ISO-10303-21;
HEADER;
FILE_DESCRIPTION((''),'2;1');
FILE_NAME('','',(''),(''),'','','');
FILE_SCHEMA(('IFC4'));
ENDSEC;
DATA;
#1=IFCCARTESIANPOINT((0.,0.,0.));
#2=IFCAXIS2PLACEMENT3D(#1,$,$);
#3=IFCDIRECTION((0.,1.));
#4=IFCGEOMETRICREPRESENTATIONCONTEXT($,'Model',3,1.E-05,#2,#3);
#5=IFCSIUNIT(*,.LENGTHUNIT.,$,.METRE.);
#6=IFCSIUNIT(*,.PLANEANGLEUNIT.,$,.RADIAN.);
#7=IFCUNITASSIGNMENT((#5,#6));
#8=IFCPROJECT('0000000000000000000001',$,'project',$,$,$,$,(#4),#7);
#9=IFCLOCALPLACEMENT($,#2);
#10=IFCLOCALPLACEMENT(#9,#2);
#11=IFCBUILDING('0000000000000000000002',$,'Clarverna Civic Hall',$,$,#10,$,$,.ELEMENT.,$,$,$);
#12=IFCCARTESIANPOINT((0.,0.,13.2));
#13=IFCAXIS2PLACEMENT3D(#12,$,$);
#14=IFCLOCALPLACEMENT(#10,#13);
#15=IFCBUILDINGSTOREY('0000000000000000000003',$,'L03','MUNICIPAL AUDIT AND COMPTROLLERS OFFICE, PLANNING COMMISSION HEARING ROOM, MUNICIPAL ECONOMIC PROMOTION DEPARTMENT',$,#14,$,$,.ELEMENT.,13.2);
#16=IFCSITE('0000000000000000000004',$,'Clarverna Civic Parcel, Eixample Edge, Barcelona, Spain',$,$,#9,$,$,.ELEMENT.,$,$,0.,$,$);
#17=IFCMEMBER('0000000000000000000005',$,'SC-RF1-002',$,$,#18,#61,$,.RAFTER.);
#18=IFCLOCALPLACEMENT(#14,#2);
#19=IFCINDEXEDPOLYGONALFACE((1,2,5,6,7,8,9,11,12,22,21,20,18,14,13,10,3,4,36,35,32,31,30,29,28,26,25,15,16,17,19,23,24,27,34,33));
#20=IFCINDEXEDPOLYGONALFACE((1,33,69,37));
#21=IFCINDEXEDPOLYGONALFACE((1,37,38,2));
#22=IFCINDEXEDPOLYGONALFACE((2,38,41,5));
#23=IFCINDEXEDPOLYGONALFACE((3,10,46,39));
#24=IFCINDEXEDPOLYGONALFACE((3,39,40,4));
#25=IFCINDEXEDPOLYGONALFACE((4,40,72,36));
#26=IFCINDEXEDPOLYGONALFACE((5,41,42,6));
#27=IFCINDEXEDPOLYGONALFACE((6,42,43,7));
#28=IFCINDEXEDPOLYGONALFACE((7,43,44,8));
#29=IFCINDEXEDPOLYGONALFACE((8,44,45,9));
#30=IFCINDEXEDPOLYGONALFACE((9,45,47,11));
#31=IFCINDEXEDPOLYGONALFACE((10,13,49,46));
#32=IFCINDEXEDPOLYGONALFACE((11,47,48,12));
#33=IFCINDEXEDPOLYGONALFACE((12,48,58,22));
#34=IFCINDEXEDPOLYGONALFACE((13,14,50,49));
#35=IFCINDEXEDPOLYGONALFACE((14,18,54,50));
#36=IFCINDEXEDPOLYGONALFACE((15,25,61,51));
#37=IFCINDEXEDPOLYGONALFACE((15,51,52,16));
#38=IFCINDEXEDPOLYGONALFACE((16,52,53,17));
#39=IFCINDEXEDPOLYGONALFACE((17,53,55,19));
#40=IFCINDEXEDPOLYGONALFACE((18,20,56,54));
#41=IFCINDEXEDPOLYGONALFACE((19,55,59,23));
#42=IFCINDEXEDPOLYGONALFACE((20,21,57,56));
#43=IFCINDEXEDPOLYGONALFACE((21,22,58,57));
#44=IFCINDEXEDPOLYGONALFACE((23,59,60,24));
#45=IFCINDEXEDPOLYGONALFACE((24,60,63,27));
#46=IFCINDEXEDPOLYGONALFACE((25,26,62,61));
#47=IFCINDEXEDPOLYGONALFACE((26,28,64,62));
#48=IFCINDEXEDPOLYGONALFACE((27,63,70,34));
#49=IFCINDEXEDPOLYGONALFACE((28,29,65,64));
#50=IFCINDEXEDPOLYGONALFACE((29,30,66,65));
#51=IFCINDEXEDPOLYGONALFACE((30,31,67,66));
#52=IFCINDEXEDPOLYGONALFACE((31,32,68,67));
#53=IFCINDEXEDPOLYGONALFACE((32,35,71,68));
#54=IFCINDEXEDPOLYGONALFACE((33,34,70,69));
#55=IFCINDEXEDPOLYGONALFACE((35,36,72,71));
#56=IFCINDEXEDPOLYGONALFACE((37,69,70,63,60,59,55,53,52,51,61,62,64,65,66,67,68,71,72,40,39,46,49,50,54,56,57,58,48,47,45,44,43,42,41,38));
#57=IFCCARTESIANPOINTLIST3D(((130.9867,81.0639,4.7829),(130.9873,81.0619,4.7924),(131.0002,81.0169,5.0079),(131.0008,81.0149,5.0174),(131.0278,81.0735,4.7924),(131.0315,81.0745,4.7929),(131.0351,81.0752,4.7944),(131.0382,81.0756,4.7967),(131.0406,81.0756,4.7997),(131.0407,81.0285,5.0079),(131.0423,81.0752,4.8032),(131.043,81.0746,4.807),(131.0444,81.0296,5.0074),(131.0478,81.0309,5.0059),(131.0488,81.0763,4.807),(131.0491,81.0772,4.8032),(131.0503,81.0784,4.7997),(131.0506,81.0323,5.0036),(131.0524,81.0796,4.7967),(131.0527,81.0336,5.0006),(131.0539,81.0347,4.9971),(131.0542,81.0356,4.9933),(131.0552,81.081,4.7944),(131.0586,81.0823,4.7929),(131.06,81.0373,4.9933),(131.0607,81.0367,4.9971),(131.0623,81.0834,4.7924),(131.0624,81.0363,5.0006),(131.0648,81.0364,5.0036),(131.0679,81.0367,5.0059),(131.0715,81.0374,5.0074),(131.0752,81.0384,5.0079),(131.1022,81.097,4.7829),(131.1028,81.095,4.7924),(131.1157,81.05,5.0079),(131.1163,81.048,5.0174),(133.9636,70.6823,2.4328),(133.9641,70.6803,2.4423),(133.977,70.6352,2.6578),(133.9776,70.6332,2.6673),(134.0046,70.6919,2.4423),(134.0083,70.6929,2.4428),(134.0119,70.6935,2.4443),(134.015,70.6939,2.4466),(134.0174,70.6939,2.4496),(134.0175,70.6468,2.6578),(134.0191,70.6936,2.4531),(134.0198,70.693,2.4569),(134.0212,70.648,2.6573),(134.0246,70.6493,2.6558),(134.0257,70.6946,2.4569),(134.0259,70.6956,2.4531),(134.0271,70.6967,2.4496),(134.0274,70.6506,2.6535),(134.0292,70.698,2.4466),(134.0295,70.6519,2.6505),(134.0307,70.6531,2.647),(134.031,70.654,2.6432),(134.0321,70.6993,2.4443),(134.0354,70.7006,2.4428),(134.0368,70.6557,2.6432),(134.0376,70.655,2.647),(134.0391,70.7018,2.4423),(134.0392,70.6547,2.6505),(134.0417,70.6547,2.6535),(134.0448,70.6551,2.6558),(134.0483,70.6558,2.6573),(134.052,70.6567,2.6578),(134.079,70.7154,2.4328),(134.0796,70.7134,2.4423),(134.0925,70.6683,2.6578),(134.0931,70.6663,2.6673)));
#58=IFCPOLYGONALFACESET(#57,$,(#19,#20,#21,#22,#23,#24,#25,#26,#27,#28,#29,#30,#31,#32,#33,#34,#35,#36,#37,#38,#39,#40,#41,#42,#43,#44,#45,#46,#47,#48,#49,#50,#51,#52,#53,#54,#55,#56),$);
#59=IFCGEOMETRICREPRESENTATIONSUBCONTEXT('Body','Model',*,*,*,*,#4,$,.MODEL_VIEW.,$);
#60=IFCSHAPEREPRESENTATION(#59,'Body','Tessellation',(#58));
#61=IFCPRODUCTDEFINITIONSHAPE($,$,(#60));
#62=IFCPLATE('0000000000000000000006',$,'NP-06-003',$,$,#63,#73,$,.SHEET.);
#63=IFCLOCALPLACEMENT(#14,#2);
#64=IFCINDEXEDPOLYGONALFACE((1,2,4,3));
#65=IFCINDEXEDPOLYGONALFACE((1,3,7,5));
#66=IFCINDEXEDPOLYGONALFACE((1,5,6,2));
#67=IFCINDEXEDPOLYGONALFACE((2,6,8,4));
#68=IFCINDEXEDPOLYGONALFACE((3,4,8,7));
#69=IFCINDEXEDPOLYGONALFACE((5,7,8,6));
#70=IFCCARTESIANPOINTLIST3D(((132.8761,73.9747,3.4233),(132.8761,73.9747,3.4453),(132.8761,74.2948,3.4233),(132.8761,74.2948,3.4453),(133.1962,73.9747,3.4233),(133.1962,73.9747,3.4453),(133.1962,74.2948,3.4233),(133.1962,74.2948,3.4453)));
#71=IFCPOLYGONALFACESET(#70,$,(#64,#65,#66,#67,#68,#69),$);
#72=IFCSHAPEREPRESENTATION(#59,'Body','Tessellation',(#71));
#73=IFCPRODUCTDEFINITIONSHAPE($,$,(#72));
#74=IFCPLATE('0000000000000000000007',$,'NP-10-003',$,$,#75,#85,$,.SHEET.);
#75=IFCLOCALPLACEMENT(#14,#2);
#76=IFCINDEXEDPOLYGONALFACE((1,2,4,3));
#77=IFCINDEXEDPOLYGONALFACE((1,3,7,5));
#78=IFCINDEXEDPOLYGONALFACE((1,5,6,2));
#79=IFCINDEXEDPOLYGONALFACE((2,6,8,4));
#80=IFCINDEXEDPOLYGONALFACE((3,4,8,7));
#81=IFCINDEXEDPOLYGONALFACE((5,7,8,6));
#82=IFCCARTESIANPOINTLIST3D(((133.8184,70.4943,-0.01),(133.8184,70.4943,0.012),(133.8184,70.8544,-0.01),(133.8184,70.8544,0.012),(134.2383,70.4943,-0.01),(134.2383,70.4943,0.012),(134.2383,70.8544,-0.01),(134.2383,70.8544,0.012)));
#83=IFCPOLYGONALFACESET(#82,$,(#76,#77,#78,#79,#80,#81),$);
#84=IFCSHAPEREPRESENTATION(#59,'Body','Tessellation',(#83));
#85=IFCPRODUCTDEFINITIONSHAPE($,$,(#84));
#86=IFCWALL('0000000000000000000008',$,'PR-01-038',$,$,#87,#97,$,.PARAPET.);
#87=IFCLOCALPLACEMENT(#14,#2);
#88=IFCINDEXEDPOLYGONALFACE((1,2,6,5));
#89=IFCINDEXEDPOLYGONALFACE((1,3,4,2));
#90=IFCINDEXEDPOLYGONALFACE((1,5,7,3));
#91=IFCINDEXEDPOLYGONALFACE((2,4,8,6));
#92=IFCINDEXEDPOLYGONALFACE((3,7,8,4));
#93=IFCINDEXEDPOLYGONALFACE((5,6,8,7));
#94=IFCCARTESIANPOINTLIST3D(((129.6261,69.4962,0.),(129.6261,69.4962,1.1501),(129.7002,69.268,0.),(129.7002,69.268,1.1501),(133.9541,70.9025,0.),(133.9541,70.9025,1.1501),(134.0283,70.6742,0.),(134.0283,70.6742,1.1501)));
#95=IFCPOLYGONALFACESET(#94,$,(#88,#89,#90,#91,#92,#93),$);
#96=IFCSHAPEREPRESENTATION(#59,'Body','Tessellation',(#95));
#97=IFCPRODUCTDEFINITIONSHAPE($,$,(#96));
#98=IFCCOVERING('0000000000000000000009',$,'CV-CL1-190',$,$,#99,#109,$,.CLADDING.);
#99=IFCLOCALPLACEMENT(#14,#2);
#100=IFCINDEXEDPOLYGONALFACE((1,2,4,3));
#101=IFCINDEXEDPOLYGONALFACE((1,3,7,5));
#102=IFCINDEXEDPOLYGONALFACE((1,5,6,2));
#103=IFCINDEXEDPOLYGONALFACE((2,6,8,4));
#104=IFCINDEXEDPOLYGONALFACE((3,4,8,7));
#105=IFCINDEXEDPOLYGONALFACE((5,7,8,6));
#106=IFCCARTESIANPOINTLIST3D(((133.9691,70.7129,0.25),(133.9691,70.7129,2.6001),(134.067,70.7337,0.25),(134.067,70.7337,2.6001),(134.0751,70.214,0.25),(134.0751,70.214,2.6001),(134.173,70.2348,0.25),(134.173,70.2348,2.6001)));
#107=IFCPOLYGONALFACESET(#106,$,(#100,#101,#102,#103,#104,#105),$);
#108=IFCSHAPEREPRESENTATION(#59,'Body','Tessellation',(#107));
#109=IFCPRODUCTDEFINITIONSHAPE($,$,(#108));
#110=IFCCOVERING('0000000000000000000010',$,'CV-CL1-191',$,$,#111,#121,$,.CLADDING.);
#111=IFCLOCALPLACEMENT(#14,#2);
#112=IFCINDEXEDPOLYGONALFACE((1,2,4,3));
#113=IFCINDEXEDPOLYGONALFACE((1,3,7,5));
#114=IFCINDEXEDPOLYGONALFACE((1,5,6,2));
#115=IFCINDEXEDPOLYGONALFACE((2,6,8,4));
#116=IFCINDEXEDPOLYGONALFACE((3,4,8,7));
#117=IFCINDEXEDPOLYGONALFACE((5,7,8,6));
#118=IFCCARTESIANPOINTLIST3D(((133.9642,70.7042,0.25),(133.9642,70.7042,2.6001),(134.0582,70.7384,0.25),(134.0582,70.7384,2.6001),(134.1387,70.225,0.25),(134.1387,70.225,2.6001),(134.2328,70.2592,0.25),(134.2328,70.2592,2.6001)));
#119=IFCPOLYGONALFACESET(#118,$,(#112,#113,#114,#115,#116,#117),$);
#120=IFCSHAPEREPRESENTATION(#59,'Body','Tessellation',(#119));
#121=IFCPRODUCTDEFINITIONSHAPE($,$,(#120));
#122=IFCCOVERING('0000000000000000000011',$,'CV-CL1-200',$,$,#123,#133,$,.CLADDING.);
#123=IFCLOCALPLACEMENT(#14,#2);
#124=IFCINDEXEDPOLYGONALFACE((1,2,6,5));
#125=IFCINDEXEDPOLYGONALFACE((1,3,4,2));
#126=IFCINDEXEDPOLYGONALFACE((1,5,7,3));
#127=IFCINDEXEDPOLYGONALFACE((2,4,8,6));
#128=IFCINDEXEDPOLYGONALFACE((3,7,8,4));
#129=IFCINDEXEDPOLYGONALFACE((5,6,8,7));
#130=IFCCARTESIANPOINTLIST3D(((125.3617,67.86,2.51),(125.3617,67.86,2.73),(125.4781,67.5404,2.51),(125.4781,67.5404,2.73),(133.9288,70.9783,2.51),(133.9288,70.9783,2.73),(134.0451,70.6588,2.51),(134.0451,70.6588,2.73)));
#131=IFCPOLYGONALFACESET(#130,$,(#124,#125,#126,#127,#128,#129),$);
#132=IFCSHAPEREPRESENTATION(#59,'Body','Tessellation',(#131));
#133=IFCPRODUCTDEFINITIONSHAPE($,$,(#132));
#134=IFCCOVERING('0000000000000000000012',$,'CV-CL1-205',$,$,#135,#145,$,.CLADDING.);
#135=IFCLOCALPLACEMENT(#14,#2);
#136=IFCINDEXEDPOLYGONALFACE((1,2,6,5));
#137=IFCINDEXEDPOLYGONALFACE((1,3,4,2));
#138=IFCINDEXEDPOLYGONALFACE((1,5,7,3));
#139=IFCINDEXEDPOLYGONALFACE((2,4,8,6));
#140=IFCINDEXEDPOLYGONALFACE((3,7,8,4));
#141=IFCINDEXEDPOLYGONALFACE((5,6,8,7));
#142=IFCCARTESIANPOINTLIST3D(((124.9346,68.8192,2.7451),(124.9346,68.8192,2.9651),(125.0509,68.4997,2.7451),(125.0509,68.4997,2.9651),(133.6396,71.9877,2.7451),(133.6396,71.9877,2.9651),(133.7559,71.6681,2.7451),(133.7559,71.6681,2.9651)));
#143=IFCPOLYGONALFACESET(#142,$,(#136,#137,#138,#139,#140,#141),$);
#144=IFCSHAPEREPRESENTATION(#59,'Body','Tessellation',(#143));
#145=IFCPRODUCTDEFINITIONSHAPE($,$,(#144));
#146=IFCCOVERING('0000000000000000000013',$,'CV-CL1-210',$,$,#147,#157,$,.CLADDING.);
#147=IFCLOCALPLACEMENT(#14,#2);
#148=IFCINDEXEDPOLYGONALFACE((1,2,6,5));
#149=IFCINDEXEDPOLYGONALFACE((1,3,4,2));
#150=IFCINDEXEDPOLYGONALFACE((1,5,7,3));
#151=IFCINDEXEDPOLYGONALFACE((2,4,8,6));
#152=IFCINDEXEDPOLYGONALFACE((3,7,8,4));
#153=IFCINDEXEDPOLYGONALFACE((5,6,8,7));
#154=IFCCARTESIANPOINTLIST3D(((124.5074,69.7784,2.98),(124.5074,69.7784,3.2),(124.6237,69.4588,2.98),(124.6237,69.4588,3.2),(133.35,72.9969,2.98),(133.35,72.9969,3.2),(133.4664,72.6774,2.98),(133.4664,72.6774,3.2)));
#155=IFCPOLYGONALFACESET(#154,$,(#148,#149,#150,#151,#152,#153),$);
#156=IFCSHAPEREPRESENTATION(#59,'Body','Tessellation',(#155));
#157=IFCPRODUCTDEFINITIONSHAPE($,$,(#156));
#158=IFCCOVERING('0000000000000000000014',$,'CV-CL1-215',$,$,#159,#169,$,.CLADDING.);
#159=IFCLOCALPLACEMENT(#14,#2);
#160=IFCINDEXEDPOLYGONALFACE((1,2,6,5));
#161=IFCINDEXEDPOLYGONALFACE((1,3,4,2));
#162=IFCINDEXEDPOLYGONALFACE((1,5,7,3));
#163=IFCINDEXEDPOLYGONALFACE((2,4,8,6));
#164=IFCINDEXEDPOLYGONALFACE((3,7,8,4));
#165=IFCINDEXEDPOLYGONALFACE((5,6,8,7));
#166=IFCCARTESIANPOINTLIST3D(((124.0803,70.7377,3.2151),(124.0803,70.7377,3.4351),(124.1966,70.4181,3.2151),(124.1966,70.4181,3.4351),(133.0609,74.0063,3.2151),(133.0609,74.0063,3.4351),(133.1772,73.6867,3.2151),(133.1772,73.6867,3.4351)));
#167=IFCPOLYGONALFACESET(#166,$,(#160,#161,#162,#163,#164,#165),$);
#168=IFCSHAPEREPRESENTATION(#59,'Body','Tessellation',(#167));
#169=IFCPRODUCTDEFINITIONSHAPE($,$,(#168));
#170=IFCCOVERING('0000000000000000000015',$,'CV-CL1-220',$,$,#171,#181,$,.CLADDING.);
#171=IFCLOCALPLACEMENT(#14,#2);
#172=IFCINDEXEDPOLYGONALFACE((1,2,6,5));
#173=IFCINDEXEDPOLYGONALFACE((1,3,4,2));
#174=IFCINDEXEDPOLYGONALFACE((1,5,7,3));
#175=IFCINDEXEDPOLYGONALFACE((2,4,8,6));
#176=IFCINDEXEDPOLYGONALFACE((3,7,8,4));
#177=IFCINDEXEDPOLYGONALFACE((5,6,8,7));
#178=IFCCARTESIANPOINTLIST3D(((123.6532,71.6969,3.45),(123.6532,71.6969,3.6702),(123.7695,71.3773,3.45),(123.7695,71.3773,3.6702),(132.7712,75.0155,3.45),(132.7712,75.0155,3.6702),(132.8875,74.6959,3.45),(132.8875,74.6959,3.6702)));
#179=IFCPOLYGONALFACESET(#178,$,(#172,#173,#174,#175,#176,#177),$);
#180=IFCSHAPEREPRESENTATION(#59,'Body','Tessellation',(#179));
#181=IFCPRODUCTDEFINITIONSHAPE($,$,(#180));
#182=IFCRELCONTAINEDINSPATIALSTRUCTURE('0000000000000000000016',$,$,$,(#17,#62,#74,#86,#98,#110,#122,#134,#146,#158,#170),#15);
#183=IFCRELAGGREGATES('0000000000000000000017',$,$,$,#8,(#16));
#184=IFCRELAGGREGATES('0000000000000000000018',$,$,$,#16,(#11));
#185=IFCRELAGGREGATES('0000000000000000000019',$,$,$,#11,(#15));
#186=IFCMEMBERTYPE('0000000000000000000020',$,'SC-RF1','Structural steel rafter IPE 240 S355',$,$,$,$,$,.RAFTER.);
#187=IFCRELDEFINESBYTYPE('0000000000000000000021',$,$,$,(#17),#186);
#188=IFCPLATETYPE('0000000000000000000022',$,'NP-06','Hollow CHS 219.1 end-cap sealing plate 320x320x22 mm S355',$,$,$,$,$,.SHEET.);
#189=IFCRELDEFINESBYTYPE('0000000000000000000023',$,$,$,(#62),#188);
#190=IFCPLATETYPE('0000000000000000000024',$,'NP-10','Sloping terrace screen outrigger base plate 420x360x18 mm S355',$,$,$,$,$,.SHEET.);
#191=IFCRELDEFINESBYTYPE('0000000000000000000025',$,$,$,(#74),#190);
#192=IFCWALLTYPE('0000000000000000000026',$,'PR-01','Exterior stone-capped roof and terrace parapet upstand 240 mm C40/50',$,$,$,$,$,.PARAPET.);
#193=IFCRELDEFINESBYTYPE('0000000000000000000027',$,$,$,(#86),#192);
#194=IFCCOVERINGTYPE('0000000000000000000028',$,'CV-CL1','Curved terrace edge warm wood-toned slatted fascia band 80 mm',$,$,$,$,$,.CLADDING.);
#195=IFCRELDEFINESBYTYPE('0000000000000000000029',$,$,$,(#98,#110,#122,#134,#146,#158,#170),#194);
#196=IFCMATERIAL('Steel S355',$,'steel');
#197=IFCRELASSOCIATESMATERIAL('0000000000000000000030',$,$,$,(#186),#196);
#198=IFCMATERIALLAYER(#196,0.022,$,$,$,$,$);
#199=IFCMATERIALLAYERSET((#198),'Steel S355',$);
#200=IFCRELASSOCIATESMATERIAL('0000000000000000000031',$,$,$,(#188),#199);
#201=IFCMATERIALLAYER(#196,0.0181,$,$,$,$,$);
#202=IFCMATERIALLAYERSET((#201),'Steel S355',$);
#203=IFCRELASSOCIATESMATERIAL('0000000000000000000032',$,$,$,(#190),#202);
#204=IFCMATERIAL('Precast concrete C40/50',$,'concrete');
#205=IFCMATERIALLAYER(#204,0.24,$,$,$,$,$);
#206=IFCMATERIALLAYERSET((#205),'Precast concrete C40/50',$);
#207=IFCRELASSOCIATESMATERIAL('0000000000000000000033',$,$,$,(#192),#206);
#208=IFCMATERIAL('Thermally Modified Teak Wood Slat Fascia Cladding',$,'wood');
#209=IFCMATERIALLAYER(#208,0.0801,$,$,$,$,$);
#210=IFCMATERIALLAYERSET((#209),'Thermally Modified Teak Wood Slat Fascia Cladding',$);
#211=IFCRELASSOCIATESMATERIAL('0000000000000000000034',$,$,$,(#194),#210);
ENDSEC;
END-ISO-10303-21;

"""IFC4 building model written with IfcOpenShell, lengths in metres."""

from ifc_helpers import new_model, si_unit, direction, frame, frame_2d, origin, origin_2d, place, context, subcontext, project, spatial, rectangle, i_section, extrude, material, layer, layer_set, material_profile, profile_set, type_object, element, save


model = new_model("IFC4")

# Units and contexts
model_context = context("Model", 3, precision=1e-05, world=origin(), true_north=direction((0.0, 1.0)))
body_context = subcontext(model_context, "Body", "Model", "MODEL_VIEW")
ifc_project = project(units=[si_unit("LENGTHUNIT", "METRE"), si_unit("PLANEANGLEUNIT", "RADIAN")], contexts=[model_context])

# Site, building, storey
site_placement = place(None, origin())
site = spatial("IfcSite", under=ifc_project, at=site_placement, Name="Clarverna Civic Parcel, Eixample Edge, Barcelona, Spain", CompositionType="ELEMENT", RefElevation=0.0)
building_placement = place(site_placement, origin())
building = spatial("IfcBuilding", under=site, at=building_placement, Name="Clarverna Civic Hall", CompositionType="ELEMENT")
storey_placement = place(building_placement, frame((0.0, 0.0, 13.2)))
storey = spatial("IfcBuildingStorey", under=building, at=storey_placement, Name="L03", Description="MUNICIPAL AUDIT AND COMPTROLLERS OFFICE, PLANNING COMMISSION HEARING ROOM, MUNICIPAL ECONOMIC PROMOTION DEPARTMENT", CompositionType="ELEMENT", Elevation=13.2)

# Shared definitions
ifc_material_1 = material(Name="Steel S355", Category="steel")

# Member
ifc_material_profile_1 = material_profile(ifc_material_1, i_section(OverallWidth=0.1201, OverallDepth=0.24, WebThickness=0.0061, FlangeThickness=0.0098, FilletRadius=0.0149, at=origin_2d()), Name="IPE 240")
ifc_profile_set_1 = profile_set([ifc_material_profile_1], Name="Steel S355")
member_type_1 = type_object("IfcMemberType", Name="SC-RF1", Description="Structural steel rafter IPE 240 S355", PredefinedType="RAFTER", material=ifc_profile_set_1)
member_1_placement = place(storey_placement, frame((134.0283, 70.6743, 2.55), z_axis=(-0.269329, 0.939283, 0.212627), x_axis=(-0.961263, -0.275632, 0.0)))
element("IfcMember", 1, at=member_1_placement, inside=storey, type_object=member_type_1, Name="SC-RF1-002", PredefinedType="RAFTER", context=body_context, shape_type="SweptSolid", body=[
    extrude(i_section(OverallWidth=0.1201, OverallDepth=0.24, WebThickness=0.0061, FlangeThickness=0.0098, FilletRadius=0.0149, at=origin_2d()), origin(), (0.0, 0.0, 1.0), 11.0527),
])

# Plates
ifc_layer_1 = layer(ifc_material_1, 0.022)
ifc_layer_set_1 = layer_set([ifc_layer_1], Name="Steel S355")
plate_type_1 = type_object("IfcPlateType", Name="NP-06", Description="Hollow CHS 219.1 end-cap sealing plate 320x320x22 mm S355", PredefinedType="SHEET", material=ifc_layer_set_1)
plate_1_placement = place(storey_placement, frame((133.0361, 74.1348, 3.4233), z_axis=(0.0, 0.0, 1.0), x_axis=(1.0, 0.0, 0.0)))
element("IfcPlate", 2, at=plate_1_placement, inside=storey, type_object=plate_type_1, Name="NP-06-003", PredefinedType="SHEET", context=body_context, shape_type="SweptSolid", body=[
    extrude(rectangle(XDim=0.3201, YDim=0.3201, at=origin_2d()), origin(), (0.0, 0.0, 1.0), 0.022),
])
ifc_layer_2 = layer(ifc_material_1, 0.0181)
ifc_layer_set_2 = layer_set([ifc_layer_2], Name="Steel S355")
plate_type_2 = type_object("IfcPlateType", Name="NP-10", Description="Sloping terrace screen outrigger base plate 420x360x18 mm S355", PredefinedType="SHEET", material=ifc_layer_set_2)
plate_2_placement = place(storey_placement, frame((134.0283, 70.6743, -0.01), z_axis=(0.0, 0.0, 1.0), x_axis=(1.0, 0.0, 0.0)))
element("IfcPlate", 3, at=plate_2_placement, inside=storey, type_object=plate_type_2, Name="NP-10-003", PredefinedType="SHEET", context=body_context, shape_type="SweptSolid", body=[
    extrude(rectangle(XDim=0.4199, YDim=0.3601, at=origin_2d()), origin(), (0.0, 0.0, 1.0), 0.022),
])

# Wall
ifc_material_2 = material(Name="Precast concrete C40/50", Category="concrete")
ifc_layer_3 = layer(ifc_material_2, 0.24)
ifc_layer_set_3 = layer_set([ifc_layer_3], Name="Precast concrete C40/50")
wall_type = type_object("IfcWallType", Name="PR-01", Description="Exterior stone-capped roof and terrace parapet upstand 240 mm C40/50", PredefinedType="PARAPET", material=ifc_layer_set_3)
wall_placement = place(storey_placement, frame((133.9912, 70.7883, 0.0), z_axis=(0.0, 0.0, 1.0), x_axis=(-0.951059, -0.309008, 0.0)))
element("IfcWall", 4, at=wall_placement, inside=storey, type_object=wall_type, Name="PR-01-038", PredefinedType="PARAPET", context=body_context, shape_type="SweptSolid", body=[
    extrude(rectangle(XDim=4.5508, YDim=0.24, at=frame_2d((2.2754, 0.0))), origin(), (0.0, 0.0, 1.0), 1.1501),
])

# Coverings
ifc_material_3 = material(Name="Thermally Modified Teak Wood Slat Fascia Cladding", Category="wood")
ifc_layer_4 = layer(ifc_material_3, 0.0801)
ifc_layer_set_4 = layer_set([ifc_layer_4], Name="Thermally Modified Teak Wood Slat Fascia Cladding")
covering_type = type_object("IfcCoveringType", Name="CV-CL1", Description="Curved terrace edge warm wood-toned slatted fascia band 80 mm", PredefinedType="CLADDING", material=ifc_layer_set_4)
for number, where, z_axis, x_axis, name in (
    (5, (134.0181, 70.7231, 0.25), (0.0, 0.0, 1.0), (0.207796, -0.978172, 0.0), "CV-CL1-190"),
    (6, (134.0112, 70.7212, 0.25), (0.0, 0.0, 1.0), (0.342243, -0.939612, 0.0), "CV-CL1-191"),
):
    element("IfcCovering", number, at=place(storey_placement, frame(where, z_axis=z_axis, x_axis=x_axis)), inside=storey, type_object=covering_type, Name=name, PredefinedType="CLADDING", context=body_context, shape_type="SweptSolid", body=[
        extrude(rectangle(XDim=0.51, YDim=0.1001, at=frame_2d((0.2549, 0.0))), origin(), (0.0, 0.0, 1.0), 2.3501),
    ])
covering_1_placement = place(storey_placement, frame((133.9871, 70.8186, 2.51), z_axis=(0.0, 0.0, 1.0), x_axis=(-0.939685, -0.342042, 0.0)))
element("IfcCovering", 7, at=covering_1_placement, inside=storey, type_object=covering_type, Name="CV-CL1-200", PredefinedType="CLADDING", context=body_context, shape_type="SweptSolid", body=[
    extrude(rectangle(XDim=9.1169, YDim=0.3401, at=frame_2d((4.5586, 0.0))), origin(), (0.0, 0.0, 1.0), 0.22),
])
covering_2_placement = place(storey_placement, frame((133.6978, 71.8279, 2.7451), z_axis=(0.0, 0.0, 1.0), x_axis=(-0.93969, -0.342027, 0.0)))
element("IfcCovering", 8, at=covering_2_placement, inside=storey, type_object=covering_type, Name="CV-CL1-205", PredefinedType="CLADDING", context=body_context, shape_type="SweptSolid", body=[
    extrude(rectangle(XDim=9.2637, YDim=0.3401, at=frame_2d((4.6318, 0.0))), origin(), (0.0, 0.0, 1.0), 0.22),
])
covering_3_placement = place(storey_placement, frame((133.4082, 72.8372, 2.98), z_axis=(0.0, 0.0, 1.0), x_axis=(-0.93969, -0.342028, 0.0)))
element("IfcCovering", 9, at=covering_3_placement, inside=storey, type_object=covering_type, Name="CV-CL1-210", PredefinedType="CLADDING", context=body_context, shape_type="SweptSolid", body=[
    extrude(rectangle(XDim=9.4102, YDim=0.3401, at=frame_2d((4.7051, 0.0))), origin(), (0.0, 0.0, 1.0), 0.22),
])
covering_4_placement = place(storey_placement, frame((133.1189, 73.8464, 3.2151), z_axis=(0.0, 0.0, 1.0), x_axis=(-0.939695, -0.342014, 0.0)))
element("IfcCovering", 10, at=covering_4_placement, inside=storey, type_object=covering_type, Name="CV-CL1-215", PredefinedType="CLADDING", context=body_context, shape_type="SweptSolid", body=[
    extrude(rectangle(XDim=9.5569, YDim=0.3401, at=frame_2d((4.7783, 0.0))), origin(), (0.0, 0.0, 1.0), 0.22),
])
covering_5_placement = place(storey_placement, frame((132.8293, 74.8557, 3.45), z_axis=(0.0, 0.0, 1.0), x_axis=(-0.939694, -0.342016, 0.0)))
element("IfcCovering", 11, at=covering_5_placement, inside=storey, type_object=covering_type, Name="CV-CL1-220", PredefinedType="CLADDING", context=body_context, shape_type="SweptSolid", body=[
    extrude(rectangle(XDim=9.7031, YDim=0.3401, at=frame_2d((4.8516, 0.0))), origin(), (0.0, 0.0, 1.0), 0.2202),
])

save(model, "model.ifc")
